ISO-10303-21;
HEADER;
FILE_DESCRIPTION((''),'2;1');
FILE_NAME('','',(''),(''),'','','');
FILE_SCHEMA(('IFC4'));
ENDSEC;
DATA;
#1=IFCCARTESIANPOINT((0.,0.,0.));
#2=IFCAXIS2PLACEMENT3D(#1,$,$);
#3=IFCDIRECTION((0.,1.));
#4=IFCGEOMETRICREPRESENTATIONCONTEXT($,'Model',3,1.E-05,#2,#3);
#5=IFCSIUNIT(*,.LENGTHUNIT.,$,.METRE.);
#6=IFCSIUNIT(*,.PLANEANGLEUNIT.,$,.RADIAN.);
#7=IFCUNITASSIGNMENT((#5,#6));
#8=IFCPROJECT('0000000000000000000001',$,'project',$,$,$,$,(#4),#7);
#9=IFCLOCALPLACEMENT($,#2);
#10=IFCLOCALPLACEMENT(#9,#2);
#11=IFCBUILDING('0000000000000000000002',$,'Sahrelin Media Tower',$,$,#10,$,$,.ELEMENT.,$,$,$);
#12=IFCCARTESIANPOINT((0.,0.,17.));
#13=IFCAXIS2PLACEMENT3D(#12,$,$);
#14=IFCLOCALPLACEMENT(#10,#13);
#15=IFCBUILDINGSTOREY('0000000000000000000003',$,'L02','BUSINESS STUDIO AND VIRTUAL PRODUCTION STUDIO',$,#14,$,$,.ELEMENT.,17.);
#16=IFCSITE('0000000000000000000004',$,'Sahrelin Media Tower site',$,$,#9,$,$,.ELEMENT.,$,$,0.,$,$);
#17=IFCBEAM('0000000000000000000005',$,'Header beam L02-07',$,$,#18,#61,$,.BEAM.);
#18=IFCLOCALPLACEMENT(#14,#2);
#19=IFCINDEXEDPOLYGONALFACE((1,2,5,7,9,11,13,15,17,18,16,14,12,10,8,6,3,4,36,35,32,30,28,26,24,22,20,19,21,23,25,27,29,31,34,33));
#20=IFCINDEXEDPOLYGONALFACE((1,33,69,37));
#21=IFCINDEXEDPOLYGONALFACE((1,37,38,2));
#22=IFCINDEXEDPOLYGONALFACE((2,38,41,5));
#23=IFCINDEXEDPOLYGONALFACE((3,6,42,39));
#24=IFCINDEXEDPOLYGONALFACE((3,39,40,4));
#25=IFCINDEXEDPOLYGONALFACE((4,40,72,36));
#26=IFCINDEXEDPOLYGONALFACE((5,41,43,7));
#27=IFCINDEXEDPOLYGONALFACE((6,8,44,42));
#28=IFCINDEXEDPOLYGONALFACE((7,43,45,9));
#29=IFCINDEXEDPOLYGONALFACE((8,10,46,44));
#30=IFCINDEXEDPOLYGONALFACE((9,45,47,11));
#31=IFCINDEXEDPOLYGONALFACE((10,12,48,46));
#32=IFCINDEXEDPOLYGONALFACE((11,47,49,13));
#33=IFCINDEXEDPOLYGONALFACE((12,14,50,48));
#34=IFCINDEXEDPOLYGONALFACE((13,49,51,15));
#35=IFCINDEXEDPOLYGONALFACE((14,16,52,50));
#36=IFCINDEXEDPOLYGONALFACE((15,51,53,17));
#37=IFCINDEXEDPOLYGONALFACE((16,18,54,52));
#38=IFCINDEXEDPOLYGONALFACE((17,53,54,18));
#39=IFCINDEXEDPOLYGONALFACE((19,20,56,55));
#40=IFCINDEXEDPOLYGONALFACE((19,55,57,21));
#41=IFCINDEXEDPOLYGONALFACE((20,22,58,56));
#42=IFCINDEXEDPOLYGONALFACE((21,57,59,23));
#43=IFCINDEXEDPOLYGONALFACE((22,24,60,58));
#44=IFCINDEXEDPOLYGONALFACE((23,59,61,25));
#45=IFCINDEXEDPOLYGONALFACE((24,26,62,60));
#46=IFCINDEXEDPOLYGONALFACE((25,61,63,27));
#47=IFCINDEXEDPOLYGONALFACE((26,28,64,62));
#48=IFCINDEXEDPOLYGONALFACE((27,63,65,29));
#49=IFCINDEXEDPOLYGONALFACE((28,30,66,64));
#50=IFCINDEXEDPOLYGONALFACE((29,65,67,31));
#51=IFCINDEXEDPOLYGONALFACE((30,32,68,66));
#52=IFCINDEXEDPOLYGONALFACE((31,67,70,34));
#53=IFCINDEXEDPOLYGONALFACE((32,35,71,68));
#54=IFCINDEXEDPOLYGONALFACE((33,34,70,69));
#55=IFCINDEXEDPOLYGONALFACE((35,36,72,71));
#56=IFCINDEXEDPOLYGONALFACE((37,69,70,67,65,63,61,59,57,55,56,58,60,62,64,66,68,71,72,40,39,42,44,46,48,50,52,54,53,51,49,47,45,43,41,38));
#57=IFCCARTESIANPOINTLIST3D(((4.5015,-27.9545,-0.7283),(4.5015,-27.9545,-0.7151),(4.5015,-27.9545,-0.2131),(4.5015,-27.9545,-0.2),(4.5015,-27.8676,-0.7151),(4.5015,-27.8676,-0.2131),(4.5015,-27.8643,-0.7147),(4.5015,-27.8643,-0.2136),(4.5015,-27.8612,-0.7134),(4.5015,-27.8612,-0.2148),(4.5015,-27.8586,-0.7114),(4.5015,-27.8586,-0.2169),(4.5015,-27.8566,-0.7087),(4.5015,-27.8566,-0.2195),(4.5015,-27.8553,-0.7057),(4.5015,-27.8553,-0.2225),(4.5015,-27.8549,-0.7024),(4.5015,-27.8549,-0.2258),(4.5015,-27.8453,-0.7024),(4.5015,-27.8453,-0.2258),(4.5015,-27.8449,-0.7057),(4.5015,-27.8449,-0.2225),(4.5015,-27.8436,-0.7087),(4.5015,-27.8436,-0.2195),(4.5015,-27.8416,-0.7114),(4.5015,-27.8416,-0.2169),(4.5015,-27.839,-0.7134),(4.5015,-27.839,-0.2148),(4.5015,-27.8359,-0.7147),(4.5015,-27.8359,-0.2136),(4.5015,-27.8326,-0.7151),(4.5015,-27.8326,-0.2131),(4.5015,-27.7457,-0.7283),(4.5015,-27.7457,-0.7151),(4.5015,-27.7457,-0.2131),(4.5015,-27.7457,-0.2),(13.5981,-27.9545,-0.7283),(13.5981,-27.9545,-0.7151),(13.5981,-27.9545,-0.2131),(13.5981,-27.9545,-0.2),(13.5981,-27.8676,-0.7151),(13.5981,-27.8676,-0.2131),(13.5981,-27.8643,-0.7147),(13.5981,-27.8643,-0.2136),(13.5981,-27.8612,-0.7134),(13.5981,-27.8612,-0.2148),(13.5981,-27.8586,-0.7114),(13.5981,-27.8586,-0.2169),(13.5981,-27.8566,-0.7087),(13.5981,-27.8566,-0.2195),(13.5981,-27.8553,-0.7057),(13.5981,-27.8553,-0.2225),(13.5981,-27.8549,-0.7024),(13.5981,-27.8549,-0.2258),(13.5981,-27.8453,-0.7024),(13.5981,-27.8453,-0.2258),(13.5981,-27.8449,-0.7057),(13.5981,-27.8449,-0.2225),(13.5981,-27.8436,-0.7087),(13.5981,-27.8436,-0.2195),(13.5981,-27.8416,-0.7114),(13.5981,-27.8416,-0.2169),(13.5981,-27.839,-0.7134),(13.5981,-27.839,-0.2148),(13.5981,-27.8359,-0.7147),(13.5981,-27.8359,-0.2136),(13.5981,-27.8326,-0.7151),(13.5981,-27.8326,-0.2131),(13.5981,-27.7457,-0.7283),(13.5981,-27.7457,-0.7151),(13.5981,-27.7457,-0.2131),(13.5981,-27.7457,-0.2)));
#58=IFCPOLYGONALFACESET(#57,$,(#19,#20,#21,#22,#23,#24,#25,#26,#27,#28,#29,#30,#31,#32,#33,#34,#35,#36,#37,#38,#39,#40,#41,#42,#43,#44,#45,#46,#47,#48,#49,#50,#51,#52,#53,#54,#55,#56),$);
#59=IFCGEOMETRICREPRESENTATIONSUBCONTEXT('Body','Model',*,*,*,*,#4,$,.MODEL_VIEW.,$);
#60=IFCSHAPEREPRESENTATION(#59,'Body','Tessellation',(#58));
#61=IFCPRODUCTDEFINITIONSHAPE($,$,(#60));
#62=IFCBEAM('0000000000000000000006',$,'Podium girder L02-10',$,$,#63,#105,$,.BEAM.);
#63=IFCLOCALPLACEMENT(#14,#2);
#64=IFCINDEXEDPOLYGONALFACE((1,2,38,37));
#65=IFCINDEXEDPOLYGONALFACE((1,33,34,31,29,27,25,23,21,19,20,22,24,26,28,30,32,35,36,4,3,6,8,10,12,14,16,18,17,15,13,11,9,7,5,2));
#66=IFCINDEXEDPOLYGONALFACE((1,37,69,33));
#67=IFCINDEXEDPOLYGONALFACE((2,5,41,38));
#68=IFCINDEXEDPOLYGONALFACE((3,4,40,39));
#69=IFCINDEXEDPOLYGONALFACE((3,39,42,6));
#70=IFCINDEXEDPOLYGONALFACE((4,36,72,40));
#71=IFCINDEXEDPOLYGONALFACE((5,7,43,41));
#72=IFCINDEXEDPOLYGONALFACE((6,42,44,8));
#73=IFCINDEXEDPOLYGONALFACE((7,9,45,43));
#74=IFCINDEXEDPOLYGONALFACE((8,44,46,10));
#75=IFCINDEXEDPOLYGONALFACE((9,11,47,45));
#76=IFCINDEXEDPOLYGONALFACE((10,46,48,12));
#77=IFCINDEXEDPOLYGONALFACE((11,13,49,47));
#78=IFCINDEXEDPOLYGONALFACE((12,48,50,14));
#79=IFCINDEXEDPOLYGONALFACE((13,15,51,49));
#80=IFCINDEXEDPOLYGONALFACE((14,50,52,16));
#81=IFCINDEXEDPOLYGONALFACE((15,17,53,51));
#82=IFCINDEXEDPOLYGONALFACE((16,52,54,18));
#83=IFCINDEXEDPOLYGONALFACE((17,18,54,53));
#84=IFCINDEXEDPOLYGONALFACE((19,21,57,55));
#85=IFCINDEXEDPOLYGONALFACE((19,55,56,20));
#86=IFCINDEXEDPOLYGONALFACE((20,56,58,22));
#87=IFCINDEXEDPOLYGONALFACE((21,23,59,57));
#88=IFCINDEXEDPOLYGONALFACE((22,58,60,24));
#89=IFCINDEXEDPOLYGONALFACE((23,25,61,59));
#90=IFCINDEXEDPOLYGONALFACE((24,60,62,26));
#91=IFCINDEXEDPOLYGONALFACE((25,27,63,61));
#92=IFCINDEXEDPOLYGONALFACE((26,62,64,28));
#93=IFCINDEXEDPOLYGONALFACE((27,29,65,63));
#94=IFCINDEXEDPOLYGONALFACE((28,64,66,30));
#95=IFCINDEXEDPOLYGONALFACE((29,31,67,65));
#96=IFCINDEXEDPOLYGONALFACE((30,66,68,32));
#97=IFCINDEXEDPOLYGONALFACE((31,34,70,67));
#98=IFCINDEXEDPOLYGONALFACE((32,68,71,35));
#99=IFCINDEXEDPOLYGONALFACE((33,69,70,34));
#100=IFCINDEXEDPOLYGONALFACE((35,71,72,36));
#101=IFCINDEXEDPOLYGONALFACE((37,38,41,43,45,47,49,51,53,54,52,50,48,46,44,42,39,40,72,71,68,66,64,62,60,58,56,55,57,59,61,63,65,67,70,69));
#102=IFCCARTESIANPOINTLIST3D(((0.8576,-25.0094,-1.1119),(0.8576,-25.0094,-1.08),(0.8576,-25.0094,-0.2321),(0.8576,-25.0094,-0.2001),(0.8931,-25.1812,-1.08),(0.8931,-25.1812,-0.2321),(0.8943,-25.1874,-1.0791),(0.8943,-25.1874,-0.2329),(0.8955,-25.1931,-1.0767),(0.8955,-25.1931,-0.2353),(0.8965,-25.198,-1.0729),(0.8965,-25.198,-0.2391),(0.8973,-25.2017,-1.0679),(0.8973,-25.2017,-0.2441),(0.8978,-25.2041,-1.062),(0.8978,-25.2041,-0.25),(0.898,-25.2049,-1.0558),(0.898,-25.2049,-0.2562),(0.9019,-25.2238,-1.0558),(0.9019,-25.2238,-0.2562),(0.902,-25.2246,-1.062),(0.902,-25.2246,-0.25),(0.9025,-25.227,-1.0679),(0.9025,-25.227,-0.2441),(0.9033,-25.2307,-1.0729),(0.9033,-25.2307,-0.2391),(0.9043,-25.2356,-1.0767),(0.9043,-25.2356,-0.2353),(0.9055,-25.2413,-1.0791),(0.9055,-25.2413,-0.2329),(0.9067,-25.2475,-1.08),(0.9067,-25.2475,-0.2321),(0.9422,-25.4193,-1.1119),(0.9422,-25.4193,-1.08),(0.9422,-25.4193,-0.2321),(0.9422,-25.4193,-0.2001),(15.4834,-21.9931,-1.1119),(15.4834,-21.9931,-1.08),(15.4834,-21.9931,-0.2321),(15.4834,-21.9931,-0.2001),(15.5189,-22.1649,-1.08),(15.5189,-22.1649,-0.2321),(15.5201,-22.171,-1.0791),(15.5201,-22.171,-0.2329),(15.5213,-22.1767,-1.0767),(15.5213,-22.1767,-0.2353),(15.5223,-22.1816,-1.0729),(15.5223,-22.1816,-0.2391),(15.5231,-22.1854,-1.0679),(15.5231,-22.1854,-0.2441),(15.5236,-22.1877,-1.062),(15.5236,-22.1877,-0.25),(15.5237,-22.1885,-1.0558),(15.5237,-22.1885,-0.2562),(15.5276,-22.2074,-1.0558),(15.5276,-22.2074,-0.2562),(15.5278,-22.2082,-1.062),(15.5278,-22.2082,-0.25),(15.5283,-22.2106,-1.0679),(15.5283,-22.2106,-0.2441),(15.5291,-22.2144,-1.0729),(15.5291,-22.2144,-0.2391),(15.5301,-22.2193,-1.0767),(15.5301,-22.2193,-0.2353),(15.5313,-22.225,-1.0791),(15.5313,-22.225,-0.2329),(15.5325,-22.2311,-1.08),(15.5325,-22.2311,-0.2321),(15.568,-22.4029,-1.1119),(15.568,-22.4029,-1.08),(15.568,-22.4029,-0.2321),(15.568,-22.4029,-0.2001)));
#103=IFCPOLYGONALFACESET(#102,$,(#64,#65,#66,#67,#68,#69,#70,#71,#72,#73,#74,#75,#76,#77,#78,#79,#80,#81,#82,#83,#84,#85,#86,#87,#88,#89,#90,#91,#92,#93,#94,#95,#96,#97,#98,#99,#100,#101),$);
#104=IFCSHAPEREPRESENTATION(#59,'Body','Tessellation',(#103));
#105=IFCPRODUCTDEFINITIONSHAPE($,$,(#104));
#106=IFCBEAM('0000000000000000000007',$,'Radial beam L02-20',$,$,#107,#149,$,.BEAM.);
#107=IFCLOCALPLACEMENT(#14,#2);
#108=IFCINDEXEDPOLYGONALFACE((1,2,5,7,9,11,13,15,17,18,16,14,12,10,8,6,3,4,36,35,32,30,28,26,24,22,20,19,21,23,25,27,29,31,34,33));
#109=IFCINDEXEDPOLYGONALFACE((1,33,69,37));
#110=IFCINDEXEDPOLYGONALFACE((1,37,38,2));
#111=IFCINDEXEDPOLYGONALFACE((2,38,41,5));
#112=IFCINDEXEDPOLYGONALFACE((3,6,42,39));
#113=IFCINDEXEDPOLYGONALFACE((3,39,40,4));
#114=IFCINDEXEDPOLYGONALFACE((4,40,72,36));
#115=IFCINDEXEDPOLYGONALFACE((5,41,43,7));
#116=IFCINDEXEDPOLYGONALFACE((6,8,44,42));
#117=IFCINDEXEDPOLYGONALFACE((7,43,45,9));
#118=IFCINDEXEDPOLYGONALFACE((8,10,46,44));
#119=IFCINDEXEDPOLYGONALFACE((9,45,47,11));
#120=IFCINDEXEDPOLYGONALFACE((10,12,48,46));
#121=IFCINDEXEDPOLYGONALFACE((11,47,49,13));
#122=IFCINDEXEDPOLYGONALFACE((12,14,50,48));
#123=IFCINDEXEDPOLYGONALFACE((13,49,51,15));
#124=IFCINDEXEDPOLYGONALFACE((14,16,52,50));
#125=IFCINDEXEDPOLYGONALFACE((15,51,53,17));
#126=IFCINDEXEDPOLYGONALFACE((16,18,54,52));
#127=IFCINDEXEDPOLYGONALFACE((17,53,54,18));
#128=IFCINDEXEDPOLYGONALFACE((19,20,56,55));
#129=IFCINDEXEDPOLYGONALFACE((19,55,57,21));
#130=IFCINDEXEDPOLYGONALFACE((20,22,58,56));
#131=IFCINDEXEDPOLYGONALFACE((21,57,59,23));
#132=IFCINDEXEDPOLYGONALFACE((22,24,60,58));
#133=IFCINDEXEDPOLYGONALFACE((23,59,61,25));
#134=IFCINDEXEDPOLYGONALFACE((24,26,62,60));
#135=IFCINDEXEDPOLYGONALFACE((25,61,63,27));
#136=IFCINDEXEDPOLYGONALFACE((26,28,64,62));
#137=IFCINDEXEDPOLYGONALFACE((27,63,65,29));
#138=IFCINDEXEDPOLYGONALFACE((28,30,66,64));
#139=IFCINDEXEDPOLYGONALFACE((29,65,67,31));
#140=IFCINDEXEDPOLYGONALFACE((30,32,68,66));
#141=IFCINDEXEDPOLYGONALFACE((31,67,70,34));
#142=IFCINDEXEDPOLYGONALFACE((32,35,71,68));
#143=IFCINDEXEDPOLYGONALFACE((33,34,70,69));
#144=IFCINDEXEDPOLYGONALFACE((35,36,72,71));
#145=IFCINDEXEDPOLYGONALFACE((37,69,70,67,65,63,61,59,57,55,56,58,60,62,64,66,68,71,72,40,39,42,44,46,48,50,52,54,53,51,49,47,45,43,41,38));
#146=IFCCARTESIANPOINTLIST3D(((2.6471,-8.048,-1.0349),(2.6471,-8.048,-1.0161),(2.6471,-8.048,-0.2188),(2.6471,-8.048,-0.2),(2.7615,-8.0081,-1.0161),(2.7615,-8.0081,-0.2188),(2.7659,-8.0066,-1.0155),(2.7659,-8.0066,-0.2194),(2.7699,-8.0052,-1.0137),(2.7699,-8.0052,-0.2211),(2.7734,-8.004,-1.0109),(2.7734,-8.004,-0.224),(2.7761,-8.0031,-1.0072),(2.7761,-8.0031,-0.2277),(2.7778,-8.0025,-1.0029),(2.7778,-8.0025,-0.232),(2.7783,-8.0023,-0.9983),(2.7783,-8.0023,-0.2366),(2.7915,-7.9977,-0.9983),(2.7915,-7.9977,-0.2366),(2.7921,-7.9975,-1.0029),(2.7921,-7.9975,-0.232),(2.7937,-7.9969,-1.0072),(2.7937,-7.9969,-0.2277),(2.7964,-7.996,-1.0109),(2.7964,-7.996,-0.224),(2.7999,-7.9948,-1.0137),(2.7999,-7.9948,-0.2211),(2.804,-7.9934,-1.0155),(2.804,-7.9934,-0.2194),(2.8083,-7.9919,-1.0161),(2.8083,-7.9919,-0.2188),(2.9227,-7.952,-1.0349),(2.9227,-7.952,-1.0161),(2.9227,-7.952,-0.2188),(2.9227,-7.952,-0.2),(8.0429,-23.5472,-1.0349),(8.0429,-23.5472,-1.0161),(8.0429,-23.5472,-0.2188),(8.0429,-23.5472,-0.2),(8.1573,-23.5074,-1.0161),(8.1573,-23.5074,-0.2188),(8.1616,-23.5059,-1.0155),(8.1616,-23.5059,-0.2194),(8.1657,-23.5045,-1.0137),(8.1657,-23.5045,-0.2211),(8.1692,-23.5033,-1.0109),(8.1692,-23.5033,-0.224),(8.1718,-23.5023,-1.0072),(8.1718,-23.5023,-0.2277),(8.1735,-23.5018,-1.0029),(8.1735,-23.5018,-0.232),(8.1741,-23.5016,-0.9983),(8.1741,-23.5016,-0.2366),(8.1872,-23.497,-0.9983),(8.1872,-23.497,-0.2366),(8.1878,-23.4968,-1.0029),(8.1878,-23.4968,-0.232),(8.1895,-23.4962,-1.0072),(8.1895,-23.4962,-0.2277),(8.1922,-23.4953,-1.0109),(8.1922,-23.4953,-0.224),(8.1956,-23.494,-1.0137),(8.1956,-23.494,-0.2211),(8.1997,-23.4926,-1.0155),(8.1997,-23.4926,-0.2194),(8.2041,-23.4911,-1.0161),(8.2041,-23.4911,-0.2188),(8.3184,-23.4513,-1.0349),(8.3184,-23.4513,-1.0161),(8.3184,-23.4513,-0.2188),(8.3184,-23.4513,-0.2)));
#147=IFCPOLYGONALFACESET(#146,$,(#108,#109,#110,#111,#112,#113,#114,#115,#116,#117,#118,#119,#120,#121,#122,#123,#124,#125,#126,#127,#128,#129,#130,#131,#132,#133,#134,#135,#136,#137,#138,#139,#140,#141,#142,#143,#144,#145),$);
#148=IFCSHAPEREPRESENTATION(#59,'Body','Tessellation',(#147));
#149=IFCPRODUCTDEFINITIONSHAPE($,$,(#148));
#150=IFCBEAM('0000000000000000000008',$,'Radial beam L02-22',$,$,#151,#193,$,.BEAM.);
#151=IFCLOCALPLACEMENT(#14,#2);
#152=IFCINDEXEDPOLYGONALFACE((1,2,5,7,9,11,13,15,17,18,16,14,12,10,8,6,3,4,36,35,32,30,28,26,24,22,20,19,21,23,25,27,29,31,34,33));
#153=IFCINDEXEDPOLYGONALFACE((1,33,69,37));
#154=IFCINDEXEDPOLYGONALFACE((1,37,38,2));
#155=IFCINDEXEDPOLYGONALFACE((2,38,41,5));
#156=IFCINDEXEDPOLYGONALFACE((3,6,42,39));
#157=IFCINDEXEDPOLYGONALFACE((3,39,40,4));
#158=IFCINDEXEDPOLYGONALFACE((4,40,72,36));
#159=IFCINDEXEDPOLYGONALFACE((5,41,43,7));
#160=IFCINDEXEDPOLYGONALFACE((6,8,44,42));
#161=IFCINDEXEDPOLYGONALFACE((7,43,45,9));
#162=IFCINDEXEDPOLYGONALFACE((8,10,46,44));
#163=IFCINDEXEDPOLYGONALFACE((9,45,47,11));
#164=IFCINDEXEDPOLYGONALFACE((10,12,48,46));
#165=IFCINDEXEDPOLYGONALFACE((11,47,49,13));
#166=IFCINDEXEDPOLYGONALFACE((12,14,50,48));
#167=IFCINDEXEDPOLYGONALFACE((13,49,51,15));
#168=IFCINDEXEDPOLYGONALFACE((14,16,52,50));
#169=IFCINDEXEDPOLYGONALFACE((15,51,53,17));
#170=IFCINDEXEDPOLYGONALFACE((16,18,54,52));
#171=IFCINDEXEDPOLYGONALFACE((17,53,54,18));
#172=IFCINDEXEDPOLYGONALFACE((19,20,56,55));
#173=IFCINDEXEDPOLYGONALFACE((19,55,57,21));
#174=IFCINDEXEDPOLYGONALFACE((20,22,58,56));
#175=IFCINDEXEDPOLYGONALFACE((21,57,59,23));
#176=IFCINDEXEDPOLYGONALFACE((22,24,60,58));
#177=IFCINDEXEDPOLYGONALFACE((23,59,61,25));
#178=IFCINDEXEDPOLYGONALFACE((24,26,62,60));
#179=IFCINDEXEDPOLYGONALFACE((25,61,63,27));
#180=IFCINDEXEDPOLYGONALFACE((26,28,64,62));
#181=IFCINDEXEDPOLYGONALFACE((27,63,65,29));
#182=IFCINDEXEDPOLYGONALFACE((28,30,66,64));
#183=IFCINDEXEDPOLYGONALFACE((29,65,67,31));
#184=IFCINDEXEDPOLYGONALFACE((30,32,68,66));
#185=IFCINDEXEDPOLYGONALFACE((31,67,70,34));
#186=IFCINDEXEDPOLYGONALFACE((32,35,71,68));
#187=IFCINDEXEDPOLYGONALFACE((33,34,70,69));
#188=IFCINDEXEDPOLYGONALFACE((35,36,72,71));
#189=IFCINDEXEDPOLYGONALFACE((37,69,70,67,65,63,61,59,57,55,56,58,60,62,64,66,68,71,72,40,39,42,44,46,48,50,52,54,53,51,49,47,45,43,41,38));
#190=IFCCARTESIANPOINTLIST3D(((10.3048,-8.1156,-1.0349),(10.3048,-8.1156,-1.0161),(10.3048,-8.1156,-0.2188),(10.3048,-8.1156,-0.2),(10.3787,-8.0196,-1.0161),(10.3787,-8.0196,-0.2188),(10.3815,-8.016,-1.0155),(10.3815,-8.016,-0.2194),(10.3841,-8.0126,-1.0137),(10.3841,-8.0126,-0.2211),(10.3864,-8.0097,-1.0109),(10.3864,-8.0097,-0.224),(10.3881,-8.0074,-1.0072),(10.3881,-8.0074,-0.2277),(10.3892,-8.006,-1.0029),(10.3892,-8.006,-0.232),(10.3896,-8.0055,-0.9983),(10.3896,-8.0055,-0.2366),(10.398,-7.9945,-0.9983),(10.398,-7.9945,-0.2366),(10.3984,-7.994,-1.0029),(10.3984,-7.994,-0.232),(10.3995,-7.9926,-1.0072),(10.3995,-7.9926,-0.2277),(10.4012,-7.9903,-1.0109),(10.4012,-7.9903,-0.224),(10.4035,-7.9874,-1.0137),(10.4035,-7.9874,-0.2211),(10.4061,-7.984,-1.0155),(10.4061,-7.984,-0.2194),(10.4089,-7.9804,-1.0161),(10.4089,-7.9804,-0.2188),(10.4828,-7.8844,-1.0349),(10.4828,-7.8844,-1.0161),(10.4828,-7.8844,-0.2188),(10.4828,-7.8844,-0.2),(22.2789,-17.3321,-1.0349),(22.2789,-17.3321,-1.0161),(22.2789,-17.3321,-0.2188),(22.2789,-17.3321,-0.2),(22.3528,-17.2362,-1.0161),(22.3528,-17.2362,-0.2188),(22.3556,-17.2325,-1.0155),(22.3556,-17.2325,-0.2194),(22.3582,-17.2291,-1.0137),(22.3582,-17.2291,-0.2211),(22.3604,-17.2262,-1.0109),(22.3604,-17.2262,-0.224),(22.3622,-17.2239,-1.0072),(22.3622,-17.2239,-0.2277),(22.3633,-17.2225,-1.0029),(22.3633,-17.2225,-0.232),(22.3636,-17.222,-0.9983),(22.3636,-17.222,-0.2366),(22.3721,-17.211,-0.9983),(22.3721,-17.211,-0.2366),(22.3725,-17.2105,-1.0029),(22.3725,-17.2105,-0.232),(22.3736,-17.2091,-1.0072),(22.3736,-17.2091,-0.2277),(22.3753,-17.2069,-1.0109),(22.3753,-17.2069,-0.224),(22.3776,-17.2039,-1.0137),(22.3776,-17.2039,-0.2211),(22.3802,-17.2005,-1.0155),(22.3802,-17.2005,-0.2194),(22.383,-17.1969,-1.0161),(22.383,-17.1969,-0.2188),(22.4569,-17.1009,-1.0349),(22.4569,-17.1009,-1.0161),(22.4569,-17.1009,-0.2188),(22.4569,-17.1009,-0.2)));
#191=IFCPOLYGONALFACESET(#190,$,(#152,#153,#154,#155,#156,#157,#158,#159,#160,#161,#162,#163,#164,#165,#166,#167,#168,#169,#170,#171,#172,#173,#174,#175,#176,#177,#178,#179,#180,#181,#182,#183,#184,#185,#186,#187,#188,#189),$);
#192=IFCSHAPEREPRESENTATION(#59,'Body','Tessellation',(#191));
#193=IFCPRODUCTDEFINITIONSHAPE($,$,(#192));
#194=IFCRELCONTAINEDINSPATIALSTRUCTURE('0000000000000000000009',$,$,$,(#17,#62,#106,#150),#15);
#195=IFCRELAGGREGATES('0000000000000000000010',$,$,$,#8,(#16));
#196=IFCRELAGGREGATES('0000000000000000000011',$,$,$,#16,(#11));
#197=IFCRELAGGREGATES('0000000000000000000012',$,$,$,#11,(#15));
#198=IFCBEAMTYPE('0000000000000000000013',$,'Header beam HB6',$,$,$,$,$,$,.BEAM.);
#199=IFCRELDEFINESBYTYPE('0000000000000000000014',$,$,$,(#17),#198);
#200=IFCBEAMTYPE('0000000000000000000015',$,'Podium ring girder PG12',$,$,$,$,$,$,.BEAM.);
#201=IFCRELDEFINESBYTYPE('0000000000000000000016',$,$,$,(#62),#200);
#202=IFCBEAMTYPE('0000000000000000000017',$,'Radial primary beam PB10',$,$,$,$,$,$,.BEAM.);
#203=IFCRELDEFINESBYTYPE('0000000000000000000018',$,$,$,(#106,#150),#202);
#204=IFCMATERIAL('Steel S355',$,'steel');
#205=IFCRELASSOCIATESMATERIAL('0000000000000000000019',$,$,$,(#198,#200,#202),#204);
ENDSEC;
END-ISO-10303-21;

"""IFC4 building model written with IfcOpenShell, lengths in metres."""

from ifc_helpers import new_model, si_unit, direction, frame, origin, origin_2d, place, context, subcontext, project, spatial, i_section, extrude, material, material_profile, profile_set, type_object, element, save


model = new_model("IFC4")

# Units and contexts
model_context = context("Model", 3, precision=1e-05, world=origin(), true_north=direction((0.0, 1.0)))
body_context = subcontext(model_context, "Body", "Model", "MODEL_VIEW")
ifc_project = project(units=[si_unit("LENGTHUNIT", "METRE"), si_unit("PLANEANGLEUNIT", "RADIAN")], contexts=[model_context])

# Site, building, storey
site_placement = place(None, origin())
site = spatial("IfcSite", under=ifc_project, at=site_placement, Name="Sahrelin Media Tower site", CompositionType="ELEMENT", RefElevation=0.0)
building_placement = place(site_placement, origin())
building = spatial("IfcBuilding", under=site, at=building_placement, Name="Sahrelin Media Tower", CompositionType="ELEMENT")
storey_placement = place(building_placement, frame((0.0, 0.0, 17.0)))
storey = spatial("IfcBuildingStorey", under=building, at=storey_placement, Name="L02", Description="BUSINESS STUDIO AND VIRTUAL PRODUCTION STUDIO", CompositionType="ELEMENT", Elevation=17.0)

# Beams
ifc_material_1 = material(Name="Steel S355", Category="steel")
ifc_material_profile_1 = material_profile(ifc_material_1, i_section(OverallWidth=0.2087, OverallDepth=0.5283, WebThickness=0.0095, FlangeThickness=0.0132, FilletRadius=0.0127, at=origin_2d()), Name="UB 533x210x82")
ifc_profile_set_1 = profile_set([ifc_material_profile_1], Name="Steel S355")
beam_type_1 = type_object("IfcBeamType", Name="Header beam HB6", PredefinedType="BEAM", material=ifc_profile_set_1)
beam_1_placement = place(storey_placement, frame((4.5015, -27.8501, -0.4641), z_axis=(1.0, 0.0, 0.0), x_axis=(0.0, 1.0, 0.0)))
element("IfcBeam", 1, at=beam_1_placement, inside=storey, type_object=beam_type_1, Name="Header beam L02-07", PredefinedType="BEAM", context=body_context, shape_type="SweptSolid", body=[
    extrude(i_section(OverallWidth=0.2087, OverallDepth=0.5283, WebThickness=0.0095, FlangeThickness=0.0132, FilletRadius=0.0127, at=origin_2d()), origin(), (0.0, 0.0, 1.0), 9.0967),
])
ifc_material_profile_2 = material_profile(ifc_material_1, i_section(OverallWidth=0.4185, OverallDepth=0.9119, WebThickness=0.0193, FlangeThickness=0.032, FilletRadius=0.0242, at=origin_2d()), Name="UB 914x419x343")
ifc_profile_set_2 = profile_set([ifc_material_profile_2], Name="Steel S355")
beam_type_2 = type_object("IfcBeamType", Name="Podium ring girder PG12", PredefinedType="BEAM", material=ifc_profile_set_2)
beam_2_placement = place(storey_placement, frame((0.8999, -25.2144, -0.656), z_axis=(0.979389, 0.201985, 0.0), x_axis=(-0.201985, 0.979389, 0.0)))
element("IfcBeam", 2, at=beam_2_placement, inside=storey, type_object=beam_type_2, Name="Podium girder L02-10", PredefinedType="BEAM", context=body_context, shape_type="SweptSolid", body=[
    extrude(i_section(OverallWidth=0.4185, OverallDepth=0.9119, WebThickness=0.0193, FlangeThickness=0.032, FilletRadius=0.0242, at=origin_2d()), origin(), (0.0, 0.0, 1.0), 14.9336),
])
ifc_material_profile_3 = material_profile(ifc_material_1, i_section(OverallWidth=0.2917, OverallDepth=0.835, WebThickness=0.0139, FlangeThickness=0.0188, FilletRadius=0.0178, at=origin_2d()), Name="UB 838x292x176")
ifc_profile_set_3 = profile_set([ifc_material_profile_3], Name="Steel S355")
beam_type_3 = type_object("IfcBeamType", Name="Radial primary beam PB10", PredefinedType="BEAM", material=ifc_profile_set_3)
beam_3_placement = place(storey_placement, frame((2.7849, -8.0, -0.6174), z_axis=(0.328776, -0.944408, 0.0), x_axis=(0.944408, 0.328776, 0.0)))
element("IfcBeam", 3, at=beam_3_placement, inside=storey, type_object=beam_type_3, Name="Radial beam L02-20", PredefinedType="BEAM", context=body_context, shape_type="SweptSolid", body=[
    extrude(i_section(OverallWidth=0.2917, OverallDepth=0.835, WebThickness=0.0139, FlangeThickness=0.0188, FilletRadius=0.0178, at=origin_2d()), origin(), (0.0, 0.0, 1.0), 16.4116),
])
beam_4_placement = place(storey_placement, frame((10.3938, -8.0, -0.6174), z_axis=(0.792442, -0.609947, 0.0), x_axis=(0.609947, 0.792442, 0.0)))
element("IfcBeam", 4, at=beam_4_placement, inside=storey, type_object=beam_type_3, Name="Radial beam L02-22", PredefinedType="BEAM", context=body_context, shape_type="SweptSolid", body=[
    extrude(i_section(OverallWidth=0.2917, OverallDepth=0.835, WebThickness=0.0139, FlangeThickness=0.0188, FilletRadius=0.0178, at=origin_2d()), origin(), (0.0, 0.0, 1.0), 15.1104),
])

save(model, "model.ifc")
